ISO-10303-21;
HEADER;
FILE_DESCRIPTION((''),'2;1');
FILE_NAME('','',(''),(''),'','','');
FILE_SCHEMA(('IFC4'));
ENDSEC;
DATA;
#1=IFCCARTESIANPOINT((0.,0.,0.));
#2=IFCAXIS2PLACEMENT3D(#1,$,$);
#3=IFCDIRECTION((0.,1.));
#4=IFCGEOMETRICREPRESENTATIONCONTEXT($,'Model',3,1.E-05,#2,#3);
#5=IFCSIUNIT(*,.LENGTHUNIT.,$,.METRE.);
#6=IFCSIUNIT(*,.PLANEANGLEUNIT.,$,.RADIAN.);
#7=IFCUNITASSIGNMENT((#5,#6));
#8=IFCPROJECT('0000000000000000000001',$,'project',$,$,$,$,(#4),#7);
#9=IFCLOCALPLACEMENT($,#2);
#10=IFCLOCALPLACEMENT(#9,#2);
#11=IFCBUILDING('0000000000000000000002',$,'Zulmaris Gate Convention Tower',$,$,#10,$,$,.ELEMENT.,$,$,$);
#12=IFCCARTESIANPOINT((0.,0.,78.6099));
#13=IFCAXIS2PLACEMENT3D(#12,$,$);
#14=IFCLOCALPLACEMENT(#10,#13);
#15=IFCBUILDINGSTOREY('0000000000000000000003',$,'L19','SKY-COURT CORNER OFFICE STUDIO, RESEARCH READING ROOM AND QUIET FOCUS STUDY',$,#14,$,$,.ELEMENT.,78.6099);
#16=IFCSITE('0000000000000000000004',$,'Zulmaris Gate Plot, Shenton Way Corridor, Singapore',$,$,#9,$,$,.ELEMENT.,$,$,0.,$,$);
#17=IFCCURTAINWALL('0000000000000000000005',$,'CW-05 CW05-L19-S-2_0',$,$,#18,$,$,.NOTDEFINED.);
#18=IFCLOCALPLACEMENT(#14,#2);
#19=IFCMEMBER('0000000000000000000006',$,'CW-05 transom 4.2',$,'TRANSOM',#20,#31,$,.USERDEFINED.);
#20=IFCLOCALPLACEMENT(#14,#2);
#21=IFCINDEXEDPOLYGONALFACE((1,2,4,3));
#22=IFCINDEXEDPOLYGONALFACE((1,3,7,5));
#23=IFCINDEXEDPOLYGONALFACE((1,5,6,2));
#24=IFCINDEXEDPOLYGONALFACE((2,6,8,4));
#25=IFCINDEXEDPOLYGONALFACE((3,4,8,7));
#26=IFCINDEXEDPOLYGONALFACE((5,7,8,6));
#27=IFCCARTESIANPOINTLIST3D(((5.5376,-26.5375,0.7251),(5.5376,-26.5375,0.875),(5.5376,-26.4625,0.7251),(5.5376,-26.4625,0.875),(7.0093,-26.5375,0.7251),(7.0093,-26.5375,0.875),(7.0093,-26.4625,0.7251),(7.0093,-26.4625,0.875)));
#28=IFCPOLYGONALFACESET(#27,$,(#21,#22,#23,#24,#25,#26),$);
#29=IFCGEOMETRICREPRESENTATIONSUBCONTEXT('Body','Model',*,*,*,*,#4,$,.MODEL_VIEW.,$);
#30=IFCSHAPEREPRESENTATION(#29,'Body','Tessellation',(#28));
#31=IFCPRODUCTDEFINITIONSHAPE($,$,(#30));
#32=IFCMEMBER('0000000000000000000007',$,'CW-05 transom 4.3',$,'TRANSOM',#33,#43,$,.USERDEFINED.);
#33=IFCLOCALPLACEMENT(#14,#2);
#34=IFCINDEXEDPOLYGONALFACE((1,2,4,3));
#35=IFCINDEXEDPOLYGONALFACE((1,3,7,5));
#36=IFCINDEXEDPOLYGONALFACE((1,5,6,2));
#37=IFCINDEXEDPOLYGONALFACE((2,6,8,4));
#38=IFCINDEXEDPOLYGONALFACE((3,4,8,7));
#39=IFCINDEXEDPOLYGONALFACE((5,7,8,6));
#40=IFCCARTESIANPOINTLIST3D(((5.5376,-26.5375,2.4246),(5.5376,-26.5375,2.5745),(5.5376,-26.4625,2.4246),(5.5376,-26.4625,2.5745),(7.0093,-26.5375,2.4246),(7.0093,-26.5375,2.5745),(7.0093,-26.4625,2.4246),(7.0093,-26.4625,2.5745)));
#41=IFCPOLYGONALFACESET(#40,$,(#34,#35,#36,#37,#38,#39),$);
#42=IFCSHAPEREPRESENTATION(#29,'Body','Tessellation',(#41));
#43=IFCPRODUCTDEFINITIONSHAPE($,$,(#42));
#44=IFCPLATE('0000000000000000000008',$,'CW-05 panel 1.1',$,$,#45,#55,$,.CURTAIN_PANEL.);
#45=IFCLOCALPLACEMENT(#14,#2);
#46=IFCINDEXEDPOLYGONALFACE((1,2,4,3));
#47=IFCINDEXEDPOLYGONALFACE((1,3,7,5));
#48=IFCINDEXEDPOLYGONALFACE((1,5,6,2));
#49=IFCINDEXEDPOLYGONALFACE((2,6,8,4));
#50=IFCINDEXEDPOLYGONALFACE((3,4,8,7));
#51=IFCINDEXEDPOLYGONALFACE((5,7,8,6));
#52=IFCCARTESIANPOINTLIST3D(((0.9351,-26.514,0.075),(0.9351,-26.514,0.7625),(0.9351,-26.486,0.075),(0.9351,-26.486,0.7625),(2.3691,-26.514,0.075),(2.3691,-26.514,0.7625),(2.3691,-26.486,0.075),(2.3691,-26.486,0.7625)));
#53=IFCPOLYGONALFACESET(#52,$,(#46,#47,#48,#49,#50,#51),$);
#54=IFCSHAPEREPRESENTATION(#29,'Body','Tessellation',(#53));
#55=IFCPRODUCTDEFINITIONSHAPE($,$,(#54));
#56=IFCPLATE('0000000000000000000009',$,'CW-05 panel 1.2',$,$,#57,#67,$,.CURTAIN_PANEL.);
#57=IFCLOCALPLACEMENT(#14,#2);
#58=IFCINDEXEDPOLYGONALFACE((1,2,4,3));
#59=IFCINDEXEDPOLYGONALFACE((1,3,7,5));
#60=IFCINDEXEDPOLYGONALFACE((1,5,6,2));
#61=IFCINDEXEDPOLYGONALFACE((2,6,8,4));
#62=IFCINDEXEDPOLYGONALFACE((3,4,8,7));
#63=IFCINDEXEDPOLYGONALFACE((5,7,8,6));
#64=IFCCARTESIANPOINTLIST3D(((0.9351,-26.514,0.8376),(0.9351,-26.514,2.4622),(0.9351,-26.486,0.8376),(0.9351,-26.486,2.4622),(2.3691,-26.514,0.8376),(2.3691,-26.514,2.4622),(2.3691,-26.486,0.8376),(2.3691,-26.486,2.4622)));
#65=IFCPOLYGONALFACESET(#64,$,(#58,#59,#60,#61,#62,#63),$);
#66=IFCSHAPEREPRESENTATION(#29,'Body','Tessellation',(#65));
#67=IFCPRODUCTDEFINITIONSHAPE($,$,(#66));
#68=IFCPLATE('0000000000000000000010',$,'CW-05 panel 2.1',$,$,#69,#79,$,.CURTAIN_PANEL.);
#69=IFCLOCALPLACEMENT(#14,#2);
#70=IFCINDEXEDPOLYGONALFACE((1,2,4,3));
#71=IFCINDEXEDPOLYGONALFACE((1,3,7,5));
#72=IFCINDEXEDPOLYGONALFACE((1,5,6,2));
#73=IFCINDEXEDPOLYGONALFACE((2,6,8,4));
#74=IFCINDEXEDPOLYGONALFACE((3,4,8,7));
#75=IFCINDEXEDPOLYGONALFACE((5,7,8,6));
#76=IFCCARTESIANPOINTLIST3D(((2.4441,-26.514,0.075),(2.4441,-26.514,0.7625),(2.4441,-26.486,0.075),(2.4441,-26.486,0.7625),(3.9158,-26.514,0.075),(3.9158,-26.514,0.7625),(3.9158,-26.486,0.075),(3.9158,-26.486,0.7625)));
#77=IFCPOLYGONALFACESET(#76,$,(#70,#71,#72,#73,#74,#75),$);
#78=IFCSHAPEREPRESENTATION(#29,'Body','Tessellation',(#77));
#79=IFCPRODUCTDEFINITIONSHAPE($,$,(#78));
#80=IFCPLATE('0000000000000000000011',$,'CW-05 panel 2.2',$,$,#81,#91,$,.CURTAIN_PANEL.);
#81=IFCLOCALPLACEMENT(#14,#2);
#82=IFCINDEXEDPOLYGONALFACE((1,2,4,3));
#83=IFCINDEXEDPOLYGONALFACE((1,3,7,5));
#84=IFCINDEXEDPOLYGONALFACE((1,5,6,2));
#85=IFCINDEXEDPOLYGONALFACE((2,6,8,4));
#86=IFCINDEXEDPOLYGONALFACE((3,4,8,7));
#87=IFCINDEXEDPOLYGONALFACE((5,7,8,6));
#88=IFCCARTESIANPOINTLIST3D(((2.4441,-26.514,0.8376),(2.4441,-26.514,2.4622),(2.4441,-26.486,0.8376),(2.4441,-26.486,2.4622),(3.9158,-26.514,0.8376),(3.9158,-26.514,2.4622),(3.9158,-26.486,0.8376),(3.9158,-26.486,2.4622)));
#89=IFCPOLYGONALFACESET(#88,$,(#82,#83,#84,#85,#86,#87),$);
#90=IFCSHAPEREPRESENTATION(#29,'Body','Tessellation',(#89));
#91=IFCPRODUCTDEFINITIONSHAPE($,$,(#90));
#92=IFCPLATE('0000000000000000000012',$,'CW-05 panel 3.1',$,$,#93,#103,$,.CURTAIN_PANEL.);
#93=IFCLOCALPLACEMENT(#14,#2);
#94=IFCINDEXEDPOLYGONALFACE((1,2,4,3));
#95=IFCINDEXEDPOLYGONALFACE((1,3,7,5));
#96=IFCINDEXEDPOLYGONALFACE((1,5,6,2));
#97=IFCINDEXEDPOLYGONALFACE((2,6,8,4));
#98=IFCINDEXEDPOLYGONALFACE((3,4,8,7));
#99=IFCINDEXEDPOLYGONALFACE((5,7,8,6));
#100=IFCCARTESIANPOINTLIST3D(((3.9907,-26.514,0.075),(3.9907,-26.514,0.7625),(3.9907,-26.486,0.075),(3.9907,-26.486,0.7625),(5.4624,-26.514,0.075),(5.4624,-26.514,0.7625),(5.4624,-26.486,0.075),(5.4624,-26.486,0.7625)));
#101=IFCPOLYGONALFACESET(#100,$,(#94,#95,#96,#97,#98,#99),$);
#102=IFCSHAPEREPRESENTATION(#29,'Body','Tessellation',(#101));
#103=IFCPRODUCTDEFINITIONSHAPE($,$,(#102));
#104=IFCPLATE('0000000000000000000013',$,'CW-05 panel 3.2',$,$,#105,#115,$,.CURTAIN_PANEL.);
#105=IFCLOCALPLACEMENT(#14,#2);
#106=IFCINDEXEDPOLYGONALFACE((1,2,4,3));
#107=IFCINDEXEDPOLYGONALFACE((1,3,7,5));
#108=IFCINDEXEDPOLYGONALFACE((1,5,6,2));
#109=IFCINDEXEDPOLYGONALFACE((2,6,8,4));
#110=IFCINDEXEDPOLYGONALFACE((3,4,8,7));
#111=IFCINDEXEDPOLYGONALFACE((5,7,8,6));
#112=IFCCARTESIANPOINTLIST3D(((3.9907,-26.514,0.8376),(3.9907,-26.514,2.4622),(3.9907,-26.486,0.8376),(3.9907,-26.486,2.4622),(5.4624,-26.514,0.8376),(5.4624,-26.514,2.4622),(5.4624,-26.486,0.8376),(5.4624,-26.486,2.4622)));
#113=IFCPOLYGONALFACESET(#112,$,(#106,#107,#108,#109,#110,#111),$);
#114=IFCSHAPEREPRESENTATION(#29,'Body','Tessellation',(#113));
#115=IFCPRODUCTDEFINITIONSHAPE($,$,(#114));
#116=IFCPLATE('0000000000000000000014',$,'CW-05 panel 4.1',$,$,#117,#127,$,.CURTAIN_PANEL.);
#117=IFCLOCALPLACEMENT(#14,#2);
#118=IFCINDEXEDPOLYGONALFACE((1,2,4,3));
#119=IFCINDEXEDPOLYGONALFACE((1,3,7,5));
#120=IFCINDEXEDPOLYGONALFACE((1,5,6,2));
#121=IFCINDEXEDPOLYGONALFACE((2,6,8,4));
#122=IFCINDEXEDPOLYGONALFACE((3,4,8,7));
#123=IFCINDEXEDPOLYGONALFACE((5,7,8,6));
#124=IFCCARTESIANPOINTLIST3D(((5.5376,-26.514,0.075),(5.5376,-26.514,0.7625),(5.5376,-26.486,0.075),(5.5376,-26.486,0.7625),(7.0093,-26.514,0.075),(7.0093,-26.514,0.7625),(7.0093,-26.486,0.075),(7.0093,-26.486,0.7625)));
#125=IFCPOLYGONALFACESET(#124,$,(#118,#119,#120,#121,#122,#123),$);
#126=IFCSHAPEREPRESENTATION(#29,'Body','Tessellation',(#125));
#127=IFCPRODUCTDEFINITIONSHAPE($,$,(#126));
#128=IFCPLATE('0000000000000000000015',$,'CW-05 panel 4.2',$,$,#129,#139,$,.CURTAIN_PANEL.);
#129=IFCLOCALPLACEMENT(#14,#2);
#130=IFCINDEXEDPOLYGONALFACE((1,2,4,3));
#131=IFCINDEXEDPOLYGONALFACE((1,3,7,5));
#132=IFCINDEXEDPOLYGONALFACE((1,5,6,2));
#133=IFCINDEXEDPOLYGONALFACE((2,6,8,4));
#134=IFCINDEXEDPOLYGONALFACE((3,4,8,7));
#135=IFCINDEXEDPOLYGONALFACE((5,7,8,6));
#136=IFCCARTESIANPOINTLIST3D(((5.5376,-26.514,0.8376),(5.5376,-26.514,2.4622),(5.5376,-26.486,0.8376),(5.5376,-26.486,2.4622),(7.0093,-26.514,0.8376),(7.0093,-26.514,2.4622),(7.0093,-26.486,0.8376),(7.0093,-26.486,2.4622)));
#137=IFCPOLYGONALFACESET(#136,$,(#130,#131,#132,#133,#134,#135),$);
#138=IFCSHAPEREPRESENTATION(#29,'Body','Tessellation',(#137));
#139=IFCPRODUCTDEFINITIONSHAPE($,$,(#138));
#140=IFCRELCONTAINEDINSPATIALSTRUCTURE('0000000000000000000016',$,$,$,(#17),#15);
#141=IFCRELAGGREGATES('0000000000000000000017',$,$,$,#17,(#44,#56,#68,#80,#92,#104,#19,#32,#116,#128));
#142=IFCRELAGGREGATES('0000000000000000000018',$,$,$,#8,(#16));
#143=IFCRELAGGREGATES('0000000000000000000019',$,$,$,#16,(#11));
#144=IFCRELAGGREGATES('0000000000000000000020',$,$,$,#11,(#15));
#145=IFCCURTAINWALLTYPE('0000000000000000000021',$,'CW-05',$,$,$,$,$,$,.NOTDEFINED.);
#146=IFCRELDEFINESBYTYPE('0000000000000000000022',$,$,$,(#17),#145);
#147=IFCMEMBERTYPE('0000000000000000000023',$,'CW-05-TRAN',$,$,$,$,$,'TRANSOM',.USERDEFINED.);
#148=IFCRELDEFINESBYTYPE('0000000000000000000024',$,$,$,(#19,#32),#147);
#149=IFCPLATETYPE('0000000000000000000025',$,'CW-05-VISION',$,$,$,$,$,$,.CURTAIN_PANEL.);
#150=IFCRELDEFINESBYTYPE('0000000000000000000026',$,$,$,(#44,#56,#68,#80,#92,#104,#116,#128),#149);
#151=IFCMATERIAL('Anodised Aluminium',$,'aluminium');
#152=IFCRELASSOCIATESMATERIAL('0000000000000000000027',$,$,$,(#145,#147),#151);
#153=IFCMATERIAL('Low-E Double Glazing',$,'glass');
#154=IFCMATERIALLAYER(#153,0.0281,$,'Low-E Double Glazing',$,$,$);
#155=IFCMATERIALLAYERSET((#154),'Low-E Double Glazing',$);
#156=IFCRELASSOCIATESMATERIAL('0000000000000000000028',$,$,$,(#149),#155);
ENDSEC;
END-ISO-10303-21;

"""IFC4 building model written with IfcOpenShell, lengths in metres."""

from ifc_helpers import new_model, si_unit, direction, frame, origin, origin_2d, place, context, subcontext, project, spatial, rectangle, extrude, material, layer, layer_set, material_profile, profile_set, type_object, element, aggregate, save


model = new_model("IFC4")

# Units and contexts
model_context = context("Model", 3, precision=1e-05, world=origin(), true_north=direction((0.0, 1.0)))
body_context = subcontext(model_context, "Body", "Model", "MODEL_VIEW")
ifc_project = project(units=[si_unit("LENGTHUNIT", "METRE"), si_unit("PLANEANGLEUNIT", "RADIAN")], contexts=[model_context])

# Site, building, storey
site_placement = place(None, origin())
site = spatial("IfcSite", under=ifc_project, at=site_placement, Name="Zulmaris Gate Plot, Shenton Way Corridor, Singapore", CompositionType="ELEMENT", RefElevation=0.0)
building_placement = place(site_placement, origin())
building = spatial("IfcBuilding", under=site, at=building_placement, Name="Zulmaris Gate Convention Tower", CompositionType="ELEMENT")
storey_placement = place(building_placement, frame((0.0, 0.0, 78.6099)))
storey = spatial("IfcBuildingStorey", under=building, at=storey_placement, Name="L19", Description="SKY-COURT CORNER OFFICE STUDIO, RESEARCH READING ROOM AND QUIET FOCUS STUDY", CompositionType="ELEMENT", Elevation=78.6099)

# Curtain wall, members, plates
ifc_material_1 = material(Name="Anodised Aluminium", Category="aluminium")
curtain_wall_type = type_object("IfcCurtainWallType", Name="CW-05", PredefinedType="NOTDEFINED", material=ifc_material_1)
curtain_wall_placement = place(storey_placement, origin())
curtain_wall = element("IfcCurtainWall", 1, at=curtain_wall_placement, inside=storey, type_object=curtain_wall_type, Name="CW-05 CW05-L19-S-2_0", PredefinedType="NOTDEFINED")
ifc_material_profile_1 = material_profile(ifc_material_1, rectangle(XDim=0.075, YDim=0.1499, at=origin_2d()), Name="ALU TRANSOM 75x150")
ifc_profile_set_1 = profile_set([ifc_material_profile_1], Name="Anodised Aluminium")
member_type_1 = type_object("IfcMemberType", Name="CW-05-TRAN", ElementType="TRANSOM", PredefinedType="USERDEFINED", material=ifc_profile_set_1)
member_1_placement = place(storey_placement, frame((5.5376, -26.5, 0.8), z_axis=(1.0, 0.0, 0.0), x_axis=(0.0, 1.0, 0.0)))
member_1 = element("IfcMember", 2, at=member_1_placement, type_object=member_type_1, Name="CW-05 transom 4.2", ObjectType="TRANSOM", PredefinedType="USERDEFINED", context=body_context, shape_type="SweptSolid", body=[
    extrude(rectangle(XDim=0.075, YDim=0.1499, at=origin_2d()), origin(), (0.0, 0.0, 1.0), 1.4717),
])
member_2_placement = place(storey_placement, frame((5.5376, -26.5, 2.4995), z_axis=(1.0, 0.0, 0.0), x_axis=(0.0, 1.0, 0.0)))
member_2 = element("IfcMember", 3, at=member_2_placement, type_object=member_type_1, Name="CW-05 transom 4.3", ObjectType="TRANSOM", PredefinedType="USERDEFINED", context=body_context, shape_type="SweptSolid", body=[
    extrude(rectangle(XDim=0.075, YDim=0.1499, at=origin_2d()), origin(), (0.0, 0.0, 1.0), 1.4717),
])
ifc_material_2 = material(Name="Low-E Double Glazing", Category="glass")
ifc_layer_1 = layer(ifc_material_2, 0.0281, Name="Low-E Double Glazing")
ifc_layer_set_1 = layer_set([ifc_layer_1], Name="Low-E Double Glazing")
plate_type = type_object("IfcPlateType", Name="CW-05-VISION", PredefinedType="CURTAIN_PANEL", material=ifc_layer_set_1)
plate_1_placement = place(storey_placement, frame((1.6521, -26.5, 0.075), z_axis=(0.0, 0.0, 1.0), x_axis=(1.0, 0.0, 0.0)))
plate_1 = element("IfcPlate", 4, at=plate_1_placement, type_object=plate_type, Name="CW-05 panel 1.1", PredefinedType="CURTAIN_PANEL", context=body_context, shape_type="SweptSolid", body=[
    extrude(rectangle(XDim=1.4341, YDim=0.0281, at=origin_2d()), origin(), (0.0, 0.0, 1.0), 0.6875),
])
plate_2_placement = place(storey_placement, frame((1.6521, -26.5, 0.8376), z_axis=(0.0, 0.0, 1.0), x_axis=(1.0, 0.0, 0.0)))
plate_2 = element("IfcPlate", 5, at=plate_2_placement, type_object=plate_type, Name="CW-05 panel 1.2", PredefinedType="CURTAIN_PANEL", context=body_context, shape_type="SweptSolid", body=[
    extrude(rectangle(XDim=1.4341, YDim=0.0281, at=origin_2d()), origin(), (0.0, 0.0, 1.0), 1.6245),
])
plate_3_placement = place(storey_placement, frame((3.1799, -26.5, 0.075), z_axis=(0.0, 0.0, 1.0), x_axis=(1.0, 0.0, 0.0)))
plate_3 = element("IfcPlate", 6, at=plate_3_placement, type_object=plate_type, Name="CW-05 panel 2.1", PredefinedType="CURTAIN_PANEL", context=body_context, shape_type="SweptSolid", body=[
    extrude(rectangle(XDim=1.4717, YDim=0.0281, at=origin_2d()), origin(), (0.0, 0.0, 1.0), 0.6875),
])
plate_4_placement = place(storey_placement, frame((3.1799, -26.5, 0.8376), z_axis=(0.0, 0.0, 1.0), x_axis=(1.0, 0.0, 0.0)))
plate_4 = element("IfcPlate", 7, at=plate_4_placement, type_object=plate_type, Name="CW-05 panel 2.2", PredefinedType="CURTAIN_PANEL", context=body_context, shape_type="SweptSolid", body=[
    extrude(rectangle(XDim=1.4717, YDim=0.0281, at=origin_2d()), origin(), (0.0, 0.0, 1.0), 1.6245),
])
plate_5_placement = place(storey_placement, frame((4.7266, -26.5, 0.075), z_axis=(0.0, 0.0, 1.0), x_axis=(1.0, 0.0, 0.0)))
plate_5 = element("IfcPlate", 8, at=plate_5_placement, type_object=plate_type, Name="CW-05 panel 3.1", PredefinedType="CURTAIN_PANEL", context=body_context, shape_type="SweptSolid", body=[
    extrude(rectangle(XDim=1.4717, YDim=0.0281, at=origin_2d()), origin(), (0.0, 0.0, 1.0), 0.6875),
])
plate_6_placement = place(storey_placement, frame((4.7266, -26.5, 0.8376), z_axis=(0.0, 0.0, 1.0), x_axis=(1.0, 0.0, 0.0)))
plate_6 = element("IfcPlate", 9, at=plate_6_placement, type_object=plate_type, Name="CW-05 panel 3.2", PredefinedType="CURTAIN_PANEL", context=body_context, shape_type="SweptSolid", body=[
    extrude(rectangle(XDim=1.4717, YDim=0.0281, at=origin_2d()), origin(), (0.0, 0.0, 1.0), 1.6245),
])
plate_7_placement = place(storey_placement, frame((6.2734, -26.5, 0.075), z_axis=(0.0, 0.0, 1.0), x_axis=(1.0, 0.0, 0.0)))
plate_7 = element("IfcPlate", 10, at=plate_7_placement, type_object=plate_type, Name="CW-05 panel 4.1", PredefinedType="CURTAIN_PANEL", context=body_context, shape_type="SweptSolid", body=[
    extrude(rectangle(XDim=1.4717, YDim=0.0281, at=origin_2d()), origin(), (0.0, 0.0, 1.0), 0.6875),
])
plate_8_placement = place(storey_placement, frame((6.2734, -26.5, 0.8376), z_axis=(0.0, 0.0, 1.0), x_axis=(1.0, 0.0, 0.0)))
plate_8 = element("IfcPlate", 11, at=plate_8_placement, type_object=plate_type, Name="CW-05 panel 4.2", PredefinedType="CURTAIN_PANEL", context=body_context, shape_type="SweptSolid", body=[
    extrude(rectangle(XDim=1.4717, YDim=0.0281, at=origin_2d()), origin(), (0.0, 0.0, 1.0), 1.6245),
])
aggregate(curtain_wall, [plate_1, plate_2, plate_3, plate_4, plate_5, plate_6, member_1, member_2, plate_7, plate_8])

save(model, "model.ifc")
